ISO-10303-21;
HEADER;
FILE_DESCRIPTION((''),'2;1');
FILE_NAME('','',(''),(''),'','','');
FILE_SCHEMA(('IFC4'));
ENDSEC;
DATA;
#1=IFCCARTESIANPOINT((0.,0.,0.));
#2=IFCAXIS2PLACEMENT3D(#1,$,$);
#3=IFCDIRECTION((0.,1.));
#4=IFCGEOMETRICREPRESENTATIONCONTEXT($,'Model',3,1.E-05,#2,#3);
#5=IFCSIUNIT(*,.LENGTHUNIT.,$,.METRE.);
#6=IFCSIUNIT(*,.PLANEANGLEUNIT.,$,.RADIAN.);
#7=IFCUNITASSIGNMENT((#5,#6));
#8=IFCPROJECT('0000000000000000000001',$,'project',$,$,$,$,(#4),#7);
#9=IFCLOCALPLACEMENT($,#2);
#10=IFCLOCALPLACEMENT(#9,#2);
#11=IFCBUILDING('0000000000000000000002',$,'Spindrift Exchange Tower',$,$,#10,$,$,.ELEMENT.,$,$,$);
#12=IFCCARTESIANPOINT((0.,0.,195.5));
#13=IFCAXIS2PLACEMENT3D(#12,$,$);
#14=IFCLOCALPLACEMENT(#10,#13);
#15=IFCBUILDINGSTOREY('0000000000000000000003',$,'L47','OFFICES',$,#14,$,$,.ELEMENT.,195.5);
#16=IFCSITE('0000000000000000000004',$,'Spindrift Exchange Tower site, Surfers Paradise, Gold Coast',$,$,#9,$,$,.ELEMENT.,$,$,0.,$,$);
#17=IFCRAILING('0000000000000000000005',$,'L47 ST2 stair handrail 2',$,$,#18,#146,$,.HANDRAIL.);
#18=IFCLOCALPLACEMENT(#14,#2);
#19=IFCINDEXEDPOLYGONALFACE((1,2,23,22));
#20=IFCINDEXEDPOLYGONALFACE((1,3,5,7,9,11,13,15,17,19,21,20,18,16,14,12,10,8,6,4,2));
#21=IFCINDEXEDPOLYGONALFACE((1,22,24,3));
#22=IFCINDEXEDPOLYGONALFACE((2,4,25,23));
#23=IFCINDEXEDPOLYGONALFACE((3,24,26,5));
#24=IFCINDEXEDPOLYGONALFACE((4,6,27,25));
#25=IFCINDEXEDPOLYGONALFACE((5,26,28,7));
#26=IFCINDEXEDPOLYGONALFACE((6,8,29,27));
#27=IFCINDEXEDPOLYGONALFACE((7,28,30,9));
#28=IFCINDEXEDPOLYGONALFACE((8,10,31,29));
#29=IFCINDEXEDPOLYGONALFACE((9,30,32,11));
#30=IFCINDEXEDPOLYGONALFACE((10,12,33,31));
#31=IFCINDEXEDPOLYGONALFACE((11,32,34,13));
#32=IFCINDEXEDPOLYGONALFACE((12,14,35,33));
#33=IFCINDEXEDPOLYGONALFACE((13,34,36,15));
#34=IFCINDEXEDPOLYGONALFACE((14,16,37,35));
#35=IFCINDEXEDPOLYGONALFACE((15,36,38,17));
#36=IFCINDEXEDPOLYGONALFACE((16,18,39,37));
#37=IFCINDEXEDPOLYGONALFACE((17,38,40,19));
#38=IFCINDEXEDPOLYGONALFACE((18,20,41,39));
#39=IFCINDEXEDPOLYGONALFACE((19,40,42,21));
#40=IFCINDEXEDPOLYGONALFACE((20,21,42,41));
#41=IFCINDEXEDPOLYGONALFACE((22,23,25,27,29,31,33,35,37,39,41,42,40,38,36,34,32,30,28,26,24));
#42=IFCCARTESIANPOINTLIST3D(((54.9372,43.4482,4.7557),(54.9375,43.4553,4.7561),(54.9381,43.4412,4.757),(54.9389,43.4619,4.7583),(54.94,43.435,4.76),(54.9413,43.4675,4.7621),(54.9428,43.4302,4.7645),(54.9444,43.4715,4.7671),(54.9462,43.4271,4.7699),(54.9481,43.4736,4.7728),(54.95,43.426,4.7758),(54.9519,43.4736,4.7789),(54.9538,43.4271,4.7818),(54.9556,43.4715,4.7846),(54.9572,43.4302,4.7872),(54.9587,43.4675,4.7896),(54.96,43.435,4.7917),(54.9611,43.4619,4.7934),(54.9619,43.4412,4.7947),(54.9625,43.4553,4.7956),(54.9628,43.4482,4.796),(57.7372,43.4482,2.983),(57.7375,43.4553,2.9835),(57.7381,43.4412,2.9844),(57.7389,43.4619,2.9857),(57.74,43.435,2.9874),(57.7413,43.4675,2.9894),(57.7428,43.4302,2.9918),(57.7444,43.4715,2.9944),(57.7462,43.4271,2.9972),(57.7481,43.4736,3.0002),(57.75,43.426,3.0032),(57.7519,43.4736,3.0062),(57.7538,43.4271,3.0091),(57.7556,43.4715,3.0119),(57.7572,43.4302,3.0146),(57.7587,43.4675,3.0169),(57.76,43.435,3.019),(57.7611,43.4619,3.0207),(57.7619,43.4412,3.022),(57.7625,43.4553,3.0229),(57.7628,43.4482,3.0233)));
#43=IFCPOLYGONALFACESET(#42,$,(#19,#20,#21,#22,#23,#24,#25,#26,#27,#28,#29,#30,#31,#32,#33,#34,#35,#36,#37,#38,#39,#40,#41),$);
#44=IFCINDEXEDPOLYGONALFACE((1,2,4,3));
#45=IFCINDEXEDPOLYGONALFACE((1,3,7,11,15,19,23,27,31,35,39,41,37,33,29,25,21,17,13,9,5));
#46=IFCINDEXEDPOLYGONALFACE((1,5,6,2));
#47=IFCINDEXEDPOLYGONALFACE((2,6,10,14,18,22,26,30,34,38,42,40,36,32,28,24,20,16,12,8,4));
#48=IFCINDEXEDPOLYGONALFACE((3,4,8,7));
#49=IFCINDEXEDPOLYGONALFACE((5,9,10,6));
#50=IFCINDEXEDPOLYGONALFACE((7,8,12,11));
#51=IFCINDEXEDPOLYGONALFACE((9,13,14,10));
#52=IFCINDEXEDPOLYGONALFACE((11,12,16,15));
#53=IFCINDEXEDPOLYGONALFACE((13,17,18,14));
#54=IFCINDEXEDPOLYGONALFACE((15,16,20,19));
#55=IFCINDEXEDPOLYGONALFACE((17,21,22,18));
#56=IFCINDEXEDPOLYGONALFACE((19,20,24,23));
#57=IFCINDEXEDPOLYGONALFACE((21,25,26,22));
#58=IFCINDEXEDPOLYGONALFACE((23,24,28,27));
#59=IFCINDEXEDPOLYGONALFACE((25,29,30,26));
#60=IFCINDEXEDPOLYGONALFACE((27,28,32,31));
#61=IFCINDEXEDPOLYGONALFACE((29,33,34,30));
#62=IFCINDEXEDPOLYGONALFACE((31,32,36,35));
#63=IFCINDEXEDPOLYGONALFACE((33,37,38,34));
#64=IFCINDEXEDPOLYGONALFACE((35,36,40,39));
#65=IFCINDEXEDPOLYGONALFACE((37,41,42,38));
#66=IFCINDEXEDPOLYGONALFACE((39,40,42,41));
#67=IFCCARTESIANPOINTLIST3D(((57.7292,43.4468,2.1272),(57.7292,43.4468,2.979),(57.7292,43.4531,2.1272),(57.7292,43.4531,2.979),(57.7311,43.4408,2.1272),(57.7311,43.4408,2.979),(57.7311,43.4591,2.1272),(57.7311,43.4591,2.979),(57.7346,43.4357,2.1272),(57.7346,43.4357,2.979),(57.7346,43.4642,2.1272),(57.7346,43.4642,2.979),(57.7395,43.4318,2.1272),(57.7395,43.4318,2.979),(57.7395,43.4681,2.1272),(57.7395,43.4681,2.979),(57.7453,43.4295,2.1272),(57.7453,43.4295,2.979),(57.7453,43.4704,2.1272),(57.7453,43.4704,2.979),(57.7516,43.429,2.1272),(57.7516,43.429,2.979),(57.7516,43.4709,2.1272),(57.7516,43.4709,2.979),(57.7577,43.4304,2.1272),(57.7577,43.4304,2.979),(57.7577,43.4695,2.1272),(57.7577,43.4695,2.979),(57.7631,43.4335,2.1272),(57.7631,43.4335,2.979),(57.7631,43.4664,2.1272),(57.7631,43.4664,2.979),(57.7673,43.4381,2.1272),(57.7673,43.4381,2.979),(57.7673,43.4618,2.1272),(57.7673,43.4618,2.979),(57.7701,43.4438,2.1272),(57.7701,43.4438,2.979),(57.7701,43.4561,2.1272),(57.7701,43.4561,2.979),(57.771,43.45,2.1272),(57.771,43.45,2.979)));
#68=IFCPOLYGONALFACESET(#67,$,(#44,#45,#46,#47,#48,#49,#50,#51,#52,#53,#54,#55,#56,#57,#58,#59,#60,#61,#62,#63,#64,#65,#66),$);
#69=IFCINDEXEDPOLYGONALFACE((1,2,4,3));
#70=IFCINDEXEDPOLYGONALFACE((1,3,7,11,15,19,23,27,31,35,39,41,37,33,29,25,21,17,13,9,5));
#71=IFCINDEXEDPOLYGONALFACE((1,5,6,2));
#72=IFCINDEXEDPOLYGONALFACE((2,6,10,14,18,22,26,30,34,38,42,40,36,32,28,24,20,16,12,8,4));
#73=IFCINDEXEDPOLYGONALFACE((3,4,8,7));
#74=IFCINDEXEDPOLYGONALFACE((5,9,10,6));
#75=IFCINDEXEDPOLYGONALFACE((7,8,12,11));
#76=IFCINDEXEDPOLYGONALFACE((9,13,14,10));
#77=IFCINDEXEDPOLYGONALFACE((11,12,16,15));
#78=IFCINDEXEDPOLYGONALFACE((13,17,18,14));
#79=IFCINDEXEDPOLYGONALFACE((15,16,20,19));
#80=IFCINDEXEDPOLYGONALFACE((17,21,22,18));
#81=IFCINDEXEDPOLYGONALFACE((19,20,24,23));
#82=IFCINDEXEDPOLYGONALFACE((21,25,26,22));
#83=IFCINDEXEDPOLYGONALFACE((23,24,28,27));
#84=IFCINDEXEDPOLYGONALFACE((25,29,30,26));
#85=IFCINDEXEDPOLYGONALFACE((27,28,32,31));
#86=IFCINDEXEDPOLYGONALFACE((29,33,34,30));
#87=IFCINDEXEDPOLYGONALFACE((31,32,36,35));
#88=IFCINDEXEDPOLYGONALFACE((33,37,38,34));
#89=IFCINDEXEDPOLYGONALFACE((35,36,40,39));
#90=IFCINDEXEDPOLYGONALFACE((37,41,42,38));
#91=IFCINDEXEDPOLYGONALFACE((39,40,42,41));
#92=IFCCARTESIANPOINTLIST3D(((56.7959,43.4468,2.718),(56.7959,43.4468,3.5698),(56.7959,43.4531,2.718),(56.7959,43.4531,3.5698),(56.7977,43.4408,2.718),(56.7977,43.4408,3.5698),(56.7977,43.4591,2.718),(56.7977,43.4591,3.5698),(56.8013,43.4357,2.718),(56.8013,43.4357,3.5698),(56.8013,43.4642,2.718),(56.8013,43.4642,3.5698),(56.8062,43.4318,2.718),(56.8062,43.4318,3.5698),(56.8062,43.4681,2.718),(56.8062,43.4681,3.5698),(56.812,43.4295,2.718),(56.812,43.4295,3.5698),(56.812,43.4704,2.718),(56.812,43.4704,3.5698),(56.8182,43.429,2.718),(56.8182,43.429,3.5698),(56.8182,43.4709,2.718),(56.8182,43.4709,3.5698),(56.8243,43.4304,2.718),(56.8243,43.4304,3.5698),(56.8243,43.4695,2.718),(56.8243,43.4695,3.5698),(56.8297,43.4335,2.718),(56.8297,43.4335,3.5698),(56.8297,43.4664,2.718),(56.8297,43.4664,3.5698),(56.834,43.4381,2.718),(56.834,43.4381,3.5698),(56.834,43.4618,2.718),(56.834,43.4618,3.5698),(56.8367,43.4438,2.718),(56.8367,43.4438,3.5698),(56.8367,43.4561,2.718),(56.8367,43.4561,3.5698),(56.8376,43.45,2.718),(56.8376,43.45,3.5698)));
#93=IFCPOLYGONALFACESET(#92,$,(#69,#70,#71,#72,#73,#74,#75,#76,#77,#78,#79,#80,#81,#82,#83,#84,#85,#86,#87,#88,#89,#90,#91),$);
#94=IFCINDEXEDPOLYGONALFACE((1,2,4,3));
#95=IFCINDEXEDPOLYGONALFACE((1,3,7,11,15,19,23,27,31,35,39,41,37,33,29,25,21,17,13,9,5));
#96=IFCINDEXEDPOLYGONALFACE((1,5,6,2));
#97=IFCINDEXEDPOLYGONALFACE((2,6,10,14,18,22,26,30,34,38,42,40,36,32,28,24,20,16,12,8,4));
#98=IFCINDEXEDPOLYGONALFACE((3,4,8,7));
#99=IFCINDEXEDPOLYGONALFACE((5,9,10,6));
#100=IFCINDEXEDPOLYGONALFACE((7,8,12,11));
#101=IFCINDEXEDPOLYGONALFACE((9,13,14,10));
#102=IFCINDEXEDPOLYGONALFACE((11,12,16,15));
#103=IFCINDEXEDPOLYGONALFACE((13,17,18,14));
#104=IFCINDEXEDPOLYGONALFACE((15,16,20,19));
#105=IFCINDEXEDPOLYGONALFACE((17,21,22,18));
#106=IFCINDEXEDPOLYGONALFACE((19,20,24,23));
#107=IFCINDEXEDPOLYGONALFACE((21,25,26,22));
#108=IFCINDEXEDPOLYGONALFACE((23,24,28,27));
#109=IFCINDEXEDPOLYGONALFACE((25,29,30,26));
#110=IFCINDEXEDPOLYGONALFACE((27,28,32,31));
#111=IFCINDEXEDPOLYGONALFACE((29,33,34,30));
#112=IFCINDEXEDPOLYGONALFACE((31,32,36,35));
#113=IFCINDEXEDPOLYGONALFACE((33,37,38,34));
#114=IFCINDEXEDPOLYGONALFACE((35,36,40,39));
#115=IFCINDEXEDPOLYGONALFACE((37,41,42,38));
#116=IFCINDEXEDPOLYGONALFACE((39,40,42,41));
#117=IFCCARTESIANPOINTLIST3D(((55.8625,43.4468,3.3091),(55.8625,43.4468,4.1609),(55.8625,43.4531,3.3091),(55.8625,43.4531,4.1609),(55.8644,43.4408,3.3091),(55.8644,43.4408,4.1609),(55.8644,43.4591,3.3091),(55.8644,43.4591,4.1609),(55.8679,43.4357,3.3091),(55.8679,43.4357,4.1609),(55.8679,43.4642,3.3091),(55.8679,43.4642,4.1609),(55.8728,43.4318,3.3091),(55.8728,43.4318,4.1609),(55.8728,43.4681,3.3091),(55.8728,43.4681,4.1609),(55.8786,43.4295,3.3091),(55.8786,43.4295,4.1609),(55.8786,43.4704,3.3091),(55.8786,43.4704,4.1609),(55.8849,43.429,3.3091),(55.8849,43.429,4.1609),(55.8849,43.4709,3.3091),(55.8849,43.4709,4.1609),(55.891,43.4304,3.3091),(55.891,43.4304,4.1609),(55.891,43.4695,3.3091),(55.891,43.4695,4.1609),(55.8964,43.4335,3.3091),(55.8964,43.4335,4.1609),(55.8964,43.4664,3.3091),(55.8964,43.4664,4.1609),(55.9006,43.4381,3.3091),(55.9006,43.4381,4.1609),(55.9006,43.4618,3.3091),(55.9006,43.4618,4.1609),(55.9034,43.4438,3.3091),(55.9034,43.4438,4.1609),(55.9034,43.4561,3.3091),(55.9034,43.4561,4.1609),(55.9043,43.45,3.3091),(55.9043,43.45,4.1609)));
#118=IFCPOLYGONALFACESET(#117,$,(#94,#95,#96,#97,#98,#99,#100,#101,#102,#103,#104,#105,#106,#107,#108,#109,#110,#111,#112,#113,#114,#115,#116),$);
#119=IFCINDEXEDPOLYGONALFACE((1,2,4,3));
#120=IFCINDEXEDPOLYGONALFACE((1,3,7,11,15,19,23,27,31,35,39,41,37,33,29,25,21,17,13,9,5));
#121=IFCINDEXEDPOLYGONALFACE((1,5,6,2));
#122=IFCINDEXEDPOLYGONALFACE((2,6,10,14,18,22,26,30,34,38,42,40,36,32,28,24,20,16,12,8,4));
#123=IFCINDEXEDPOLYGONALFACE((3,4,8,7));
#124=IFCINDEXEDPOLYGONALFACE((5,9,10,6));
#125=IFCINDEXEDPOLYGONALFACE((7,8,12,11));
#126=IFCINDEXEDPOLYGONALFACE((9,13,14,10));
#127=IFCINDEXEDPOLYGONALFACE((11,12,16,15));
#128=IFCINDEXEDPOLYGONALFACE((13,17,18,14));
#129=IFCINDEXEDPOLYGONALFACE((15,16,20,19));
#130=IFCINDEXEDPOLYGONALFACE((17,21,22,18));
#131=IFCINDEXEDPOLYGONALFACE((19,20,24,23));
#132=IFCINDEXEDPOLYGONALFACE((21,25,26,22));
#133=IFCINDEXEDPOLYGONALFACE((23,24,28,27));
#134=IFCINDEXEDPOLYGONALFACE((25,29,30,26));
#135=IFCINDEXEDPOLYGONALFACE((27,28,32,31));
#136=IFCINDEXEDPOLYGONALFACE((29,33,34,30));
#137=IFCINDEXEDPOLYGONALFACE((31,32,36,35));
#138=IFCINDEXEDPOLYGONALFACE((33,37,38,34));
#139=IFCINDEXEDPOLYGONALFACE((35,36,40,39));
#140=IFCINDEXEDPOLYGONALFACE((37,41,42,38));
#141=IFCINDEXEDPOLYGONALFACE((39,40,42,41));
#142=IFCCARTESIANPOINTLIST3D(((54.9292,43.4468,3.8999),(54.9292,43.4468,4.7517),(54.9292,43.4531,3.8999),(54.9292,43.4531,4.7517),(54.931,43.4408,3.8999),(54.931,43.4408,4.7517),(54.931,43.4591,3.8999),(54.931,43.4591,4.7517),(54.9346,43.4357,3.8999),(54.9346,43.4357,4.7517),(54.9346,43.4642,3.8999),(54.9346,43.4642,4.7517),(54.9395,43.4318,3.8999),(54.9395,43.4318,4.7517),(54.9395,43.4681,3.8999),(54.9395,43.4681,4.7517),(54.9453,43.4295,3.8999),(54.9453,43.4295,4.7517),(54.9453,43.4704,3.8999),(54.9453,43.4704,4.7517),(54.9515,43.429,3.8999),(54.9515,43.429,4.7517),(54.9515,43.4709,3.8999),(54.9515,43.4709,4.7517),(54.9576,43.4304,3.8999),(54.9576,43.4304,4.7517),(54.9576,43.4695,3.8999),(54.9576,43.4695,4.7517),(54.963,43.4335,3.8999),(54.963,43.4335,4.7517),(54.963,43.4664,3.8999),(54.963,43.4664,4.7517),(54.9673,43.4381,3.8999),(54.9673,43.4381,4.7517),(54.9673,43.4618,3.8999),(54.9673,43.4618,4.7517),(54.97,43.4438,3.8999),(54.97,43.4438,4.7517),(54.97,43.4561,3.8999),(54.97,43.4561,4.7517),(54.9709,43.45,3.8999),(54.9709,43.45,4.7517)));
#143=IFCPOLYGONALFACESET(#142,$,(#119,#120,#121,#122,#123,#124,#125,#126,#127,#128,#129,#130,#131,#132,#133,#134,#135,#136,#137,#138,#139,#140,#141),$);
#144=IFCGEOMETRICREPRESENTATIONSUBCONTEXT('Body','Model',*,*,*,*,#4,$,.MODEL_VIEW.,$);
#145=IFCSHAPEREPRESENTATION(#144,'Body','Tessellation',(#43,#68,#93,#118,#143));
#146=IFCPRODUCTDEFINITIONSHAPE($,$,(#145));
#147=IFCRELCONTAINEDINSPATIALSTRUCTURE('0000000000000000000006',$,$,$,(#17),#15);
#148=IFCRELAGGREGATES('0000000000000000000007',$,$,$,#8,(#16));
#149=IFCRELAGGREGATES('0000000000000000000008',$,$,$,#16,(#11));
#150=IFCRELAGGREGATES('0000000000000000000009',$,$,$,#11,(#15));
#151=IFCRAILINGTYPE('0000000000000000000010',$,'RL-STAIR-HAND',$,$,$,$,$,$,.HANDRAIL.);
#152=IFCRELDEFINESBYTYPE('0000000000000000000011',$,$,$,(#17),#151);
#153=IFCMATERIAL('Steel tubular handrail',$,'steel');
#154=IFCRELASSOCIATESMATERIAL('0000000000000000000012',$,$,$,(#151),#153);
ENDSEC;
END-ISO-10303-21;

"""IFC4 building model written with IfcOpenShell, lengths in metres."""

from ifc_helpers import new_model, si_unit, direction, frame, origin, origin_2d, place, context, subcontext, project, spatial, circle, extrude, material, type_object, element, save


model = new_model("IFC4")

# Units and contexts
model_context = context("Model", 3, precision=1e-05, world=origin(), true_north=direction((0.0, 1.0)))
body_context = subcontext(model_context, "Body", "Model", "MODEL_VIEW")
ifc_project = project(units=[si_unit("LENGTHUNIT", "METRE"), si_unit("PLANEANGLEUNIT", "RADIAN")], contexts=[model_context])

# Site, building, storey
site_placement = place(None, origin())
site = spatial("IfcSite", under=ifc_project, at=site_placement, Name="Spindrift Exchange Tower site, Surfers Paradise, Gold Coast", CompositionType="ELEMENT", RefElevation=0.0)
building_placement = place(site_placement, origin())
building = spatial("IfcBuilding", under=site, at=building_placement, Name="Spindrift Exchange Tower", CompositionType="ELEMENT")
storey_placement = place(building_placement, frame((0.0, 0.0, 195.5)))
storey = spatial("IfcBuildingStorey", under=building, at=storey_placement, Name="L47", Description="OFFICES", CompositionType="ELEMENT", Elevation=195.5)

# Railing
ifc_material_1 = material(Name="Steel tubular handrail", Category="steel")
railing_type_1 = type_object("IfcRailingType", Name="RL-STAIR-HAND", PredefinedType="HANDRAIL", material=ifc_material_1)
railing_1_placement = place(storey_placement, frame((57.75, 43.45, 2.1272)))
element("IfcRailing", 1, at=railing_1_placement, inside=storey, type_object=railing_type_1, Name="L47 ST2 stair handrail 2", PredefinedType="HANDRAIL", context=body_context, shape_type="SweptSolid", body=[
    extrude(circle(Radius=0.0239, at=origin_2d()), frame((0.0, 0.0, 0.876), z_axis=(-0.844909, 0.0, 0.53491), x_axis=(0.0, -1.0, 0.0)), (0.0, 0.0, 1.0), 3.314),
    extrude(circle(Radius=0.021, at=origin_2d()), origin(), (0.0, 0.0, 1.0), 0.8518),
    extrude(circle(Radius=0.021, at=origin_2d()), frame((-0.9333, 0.0, 0.5908)), (0.0, 0.0, 1.0), 0.8518),
    extrude(circle(Radius=0.021, at=origin_2d()), frame((-1.8667, 0.0, 1.1819)), (0.0, 0.0, 1.0), 0.8518),
    extrude(circle(Radius=0.021, at=origin_2d()), frame((-2.8, 0.0, 1.7727)), (0.0, 0.0, 1.0), 0.8518),
])

save(model, "model.ifc")
